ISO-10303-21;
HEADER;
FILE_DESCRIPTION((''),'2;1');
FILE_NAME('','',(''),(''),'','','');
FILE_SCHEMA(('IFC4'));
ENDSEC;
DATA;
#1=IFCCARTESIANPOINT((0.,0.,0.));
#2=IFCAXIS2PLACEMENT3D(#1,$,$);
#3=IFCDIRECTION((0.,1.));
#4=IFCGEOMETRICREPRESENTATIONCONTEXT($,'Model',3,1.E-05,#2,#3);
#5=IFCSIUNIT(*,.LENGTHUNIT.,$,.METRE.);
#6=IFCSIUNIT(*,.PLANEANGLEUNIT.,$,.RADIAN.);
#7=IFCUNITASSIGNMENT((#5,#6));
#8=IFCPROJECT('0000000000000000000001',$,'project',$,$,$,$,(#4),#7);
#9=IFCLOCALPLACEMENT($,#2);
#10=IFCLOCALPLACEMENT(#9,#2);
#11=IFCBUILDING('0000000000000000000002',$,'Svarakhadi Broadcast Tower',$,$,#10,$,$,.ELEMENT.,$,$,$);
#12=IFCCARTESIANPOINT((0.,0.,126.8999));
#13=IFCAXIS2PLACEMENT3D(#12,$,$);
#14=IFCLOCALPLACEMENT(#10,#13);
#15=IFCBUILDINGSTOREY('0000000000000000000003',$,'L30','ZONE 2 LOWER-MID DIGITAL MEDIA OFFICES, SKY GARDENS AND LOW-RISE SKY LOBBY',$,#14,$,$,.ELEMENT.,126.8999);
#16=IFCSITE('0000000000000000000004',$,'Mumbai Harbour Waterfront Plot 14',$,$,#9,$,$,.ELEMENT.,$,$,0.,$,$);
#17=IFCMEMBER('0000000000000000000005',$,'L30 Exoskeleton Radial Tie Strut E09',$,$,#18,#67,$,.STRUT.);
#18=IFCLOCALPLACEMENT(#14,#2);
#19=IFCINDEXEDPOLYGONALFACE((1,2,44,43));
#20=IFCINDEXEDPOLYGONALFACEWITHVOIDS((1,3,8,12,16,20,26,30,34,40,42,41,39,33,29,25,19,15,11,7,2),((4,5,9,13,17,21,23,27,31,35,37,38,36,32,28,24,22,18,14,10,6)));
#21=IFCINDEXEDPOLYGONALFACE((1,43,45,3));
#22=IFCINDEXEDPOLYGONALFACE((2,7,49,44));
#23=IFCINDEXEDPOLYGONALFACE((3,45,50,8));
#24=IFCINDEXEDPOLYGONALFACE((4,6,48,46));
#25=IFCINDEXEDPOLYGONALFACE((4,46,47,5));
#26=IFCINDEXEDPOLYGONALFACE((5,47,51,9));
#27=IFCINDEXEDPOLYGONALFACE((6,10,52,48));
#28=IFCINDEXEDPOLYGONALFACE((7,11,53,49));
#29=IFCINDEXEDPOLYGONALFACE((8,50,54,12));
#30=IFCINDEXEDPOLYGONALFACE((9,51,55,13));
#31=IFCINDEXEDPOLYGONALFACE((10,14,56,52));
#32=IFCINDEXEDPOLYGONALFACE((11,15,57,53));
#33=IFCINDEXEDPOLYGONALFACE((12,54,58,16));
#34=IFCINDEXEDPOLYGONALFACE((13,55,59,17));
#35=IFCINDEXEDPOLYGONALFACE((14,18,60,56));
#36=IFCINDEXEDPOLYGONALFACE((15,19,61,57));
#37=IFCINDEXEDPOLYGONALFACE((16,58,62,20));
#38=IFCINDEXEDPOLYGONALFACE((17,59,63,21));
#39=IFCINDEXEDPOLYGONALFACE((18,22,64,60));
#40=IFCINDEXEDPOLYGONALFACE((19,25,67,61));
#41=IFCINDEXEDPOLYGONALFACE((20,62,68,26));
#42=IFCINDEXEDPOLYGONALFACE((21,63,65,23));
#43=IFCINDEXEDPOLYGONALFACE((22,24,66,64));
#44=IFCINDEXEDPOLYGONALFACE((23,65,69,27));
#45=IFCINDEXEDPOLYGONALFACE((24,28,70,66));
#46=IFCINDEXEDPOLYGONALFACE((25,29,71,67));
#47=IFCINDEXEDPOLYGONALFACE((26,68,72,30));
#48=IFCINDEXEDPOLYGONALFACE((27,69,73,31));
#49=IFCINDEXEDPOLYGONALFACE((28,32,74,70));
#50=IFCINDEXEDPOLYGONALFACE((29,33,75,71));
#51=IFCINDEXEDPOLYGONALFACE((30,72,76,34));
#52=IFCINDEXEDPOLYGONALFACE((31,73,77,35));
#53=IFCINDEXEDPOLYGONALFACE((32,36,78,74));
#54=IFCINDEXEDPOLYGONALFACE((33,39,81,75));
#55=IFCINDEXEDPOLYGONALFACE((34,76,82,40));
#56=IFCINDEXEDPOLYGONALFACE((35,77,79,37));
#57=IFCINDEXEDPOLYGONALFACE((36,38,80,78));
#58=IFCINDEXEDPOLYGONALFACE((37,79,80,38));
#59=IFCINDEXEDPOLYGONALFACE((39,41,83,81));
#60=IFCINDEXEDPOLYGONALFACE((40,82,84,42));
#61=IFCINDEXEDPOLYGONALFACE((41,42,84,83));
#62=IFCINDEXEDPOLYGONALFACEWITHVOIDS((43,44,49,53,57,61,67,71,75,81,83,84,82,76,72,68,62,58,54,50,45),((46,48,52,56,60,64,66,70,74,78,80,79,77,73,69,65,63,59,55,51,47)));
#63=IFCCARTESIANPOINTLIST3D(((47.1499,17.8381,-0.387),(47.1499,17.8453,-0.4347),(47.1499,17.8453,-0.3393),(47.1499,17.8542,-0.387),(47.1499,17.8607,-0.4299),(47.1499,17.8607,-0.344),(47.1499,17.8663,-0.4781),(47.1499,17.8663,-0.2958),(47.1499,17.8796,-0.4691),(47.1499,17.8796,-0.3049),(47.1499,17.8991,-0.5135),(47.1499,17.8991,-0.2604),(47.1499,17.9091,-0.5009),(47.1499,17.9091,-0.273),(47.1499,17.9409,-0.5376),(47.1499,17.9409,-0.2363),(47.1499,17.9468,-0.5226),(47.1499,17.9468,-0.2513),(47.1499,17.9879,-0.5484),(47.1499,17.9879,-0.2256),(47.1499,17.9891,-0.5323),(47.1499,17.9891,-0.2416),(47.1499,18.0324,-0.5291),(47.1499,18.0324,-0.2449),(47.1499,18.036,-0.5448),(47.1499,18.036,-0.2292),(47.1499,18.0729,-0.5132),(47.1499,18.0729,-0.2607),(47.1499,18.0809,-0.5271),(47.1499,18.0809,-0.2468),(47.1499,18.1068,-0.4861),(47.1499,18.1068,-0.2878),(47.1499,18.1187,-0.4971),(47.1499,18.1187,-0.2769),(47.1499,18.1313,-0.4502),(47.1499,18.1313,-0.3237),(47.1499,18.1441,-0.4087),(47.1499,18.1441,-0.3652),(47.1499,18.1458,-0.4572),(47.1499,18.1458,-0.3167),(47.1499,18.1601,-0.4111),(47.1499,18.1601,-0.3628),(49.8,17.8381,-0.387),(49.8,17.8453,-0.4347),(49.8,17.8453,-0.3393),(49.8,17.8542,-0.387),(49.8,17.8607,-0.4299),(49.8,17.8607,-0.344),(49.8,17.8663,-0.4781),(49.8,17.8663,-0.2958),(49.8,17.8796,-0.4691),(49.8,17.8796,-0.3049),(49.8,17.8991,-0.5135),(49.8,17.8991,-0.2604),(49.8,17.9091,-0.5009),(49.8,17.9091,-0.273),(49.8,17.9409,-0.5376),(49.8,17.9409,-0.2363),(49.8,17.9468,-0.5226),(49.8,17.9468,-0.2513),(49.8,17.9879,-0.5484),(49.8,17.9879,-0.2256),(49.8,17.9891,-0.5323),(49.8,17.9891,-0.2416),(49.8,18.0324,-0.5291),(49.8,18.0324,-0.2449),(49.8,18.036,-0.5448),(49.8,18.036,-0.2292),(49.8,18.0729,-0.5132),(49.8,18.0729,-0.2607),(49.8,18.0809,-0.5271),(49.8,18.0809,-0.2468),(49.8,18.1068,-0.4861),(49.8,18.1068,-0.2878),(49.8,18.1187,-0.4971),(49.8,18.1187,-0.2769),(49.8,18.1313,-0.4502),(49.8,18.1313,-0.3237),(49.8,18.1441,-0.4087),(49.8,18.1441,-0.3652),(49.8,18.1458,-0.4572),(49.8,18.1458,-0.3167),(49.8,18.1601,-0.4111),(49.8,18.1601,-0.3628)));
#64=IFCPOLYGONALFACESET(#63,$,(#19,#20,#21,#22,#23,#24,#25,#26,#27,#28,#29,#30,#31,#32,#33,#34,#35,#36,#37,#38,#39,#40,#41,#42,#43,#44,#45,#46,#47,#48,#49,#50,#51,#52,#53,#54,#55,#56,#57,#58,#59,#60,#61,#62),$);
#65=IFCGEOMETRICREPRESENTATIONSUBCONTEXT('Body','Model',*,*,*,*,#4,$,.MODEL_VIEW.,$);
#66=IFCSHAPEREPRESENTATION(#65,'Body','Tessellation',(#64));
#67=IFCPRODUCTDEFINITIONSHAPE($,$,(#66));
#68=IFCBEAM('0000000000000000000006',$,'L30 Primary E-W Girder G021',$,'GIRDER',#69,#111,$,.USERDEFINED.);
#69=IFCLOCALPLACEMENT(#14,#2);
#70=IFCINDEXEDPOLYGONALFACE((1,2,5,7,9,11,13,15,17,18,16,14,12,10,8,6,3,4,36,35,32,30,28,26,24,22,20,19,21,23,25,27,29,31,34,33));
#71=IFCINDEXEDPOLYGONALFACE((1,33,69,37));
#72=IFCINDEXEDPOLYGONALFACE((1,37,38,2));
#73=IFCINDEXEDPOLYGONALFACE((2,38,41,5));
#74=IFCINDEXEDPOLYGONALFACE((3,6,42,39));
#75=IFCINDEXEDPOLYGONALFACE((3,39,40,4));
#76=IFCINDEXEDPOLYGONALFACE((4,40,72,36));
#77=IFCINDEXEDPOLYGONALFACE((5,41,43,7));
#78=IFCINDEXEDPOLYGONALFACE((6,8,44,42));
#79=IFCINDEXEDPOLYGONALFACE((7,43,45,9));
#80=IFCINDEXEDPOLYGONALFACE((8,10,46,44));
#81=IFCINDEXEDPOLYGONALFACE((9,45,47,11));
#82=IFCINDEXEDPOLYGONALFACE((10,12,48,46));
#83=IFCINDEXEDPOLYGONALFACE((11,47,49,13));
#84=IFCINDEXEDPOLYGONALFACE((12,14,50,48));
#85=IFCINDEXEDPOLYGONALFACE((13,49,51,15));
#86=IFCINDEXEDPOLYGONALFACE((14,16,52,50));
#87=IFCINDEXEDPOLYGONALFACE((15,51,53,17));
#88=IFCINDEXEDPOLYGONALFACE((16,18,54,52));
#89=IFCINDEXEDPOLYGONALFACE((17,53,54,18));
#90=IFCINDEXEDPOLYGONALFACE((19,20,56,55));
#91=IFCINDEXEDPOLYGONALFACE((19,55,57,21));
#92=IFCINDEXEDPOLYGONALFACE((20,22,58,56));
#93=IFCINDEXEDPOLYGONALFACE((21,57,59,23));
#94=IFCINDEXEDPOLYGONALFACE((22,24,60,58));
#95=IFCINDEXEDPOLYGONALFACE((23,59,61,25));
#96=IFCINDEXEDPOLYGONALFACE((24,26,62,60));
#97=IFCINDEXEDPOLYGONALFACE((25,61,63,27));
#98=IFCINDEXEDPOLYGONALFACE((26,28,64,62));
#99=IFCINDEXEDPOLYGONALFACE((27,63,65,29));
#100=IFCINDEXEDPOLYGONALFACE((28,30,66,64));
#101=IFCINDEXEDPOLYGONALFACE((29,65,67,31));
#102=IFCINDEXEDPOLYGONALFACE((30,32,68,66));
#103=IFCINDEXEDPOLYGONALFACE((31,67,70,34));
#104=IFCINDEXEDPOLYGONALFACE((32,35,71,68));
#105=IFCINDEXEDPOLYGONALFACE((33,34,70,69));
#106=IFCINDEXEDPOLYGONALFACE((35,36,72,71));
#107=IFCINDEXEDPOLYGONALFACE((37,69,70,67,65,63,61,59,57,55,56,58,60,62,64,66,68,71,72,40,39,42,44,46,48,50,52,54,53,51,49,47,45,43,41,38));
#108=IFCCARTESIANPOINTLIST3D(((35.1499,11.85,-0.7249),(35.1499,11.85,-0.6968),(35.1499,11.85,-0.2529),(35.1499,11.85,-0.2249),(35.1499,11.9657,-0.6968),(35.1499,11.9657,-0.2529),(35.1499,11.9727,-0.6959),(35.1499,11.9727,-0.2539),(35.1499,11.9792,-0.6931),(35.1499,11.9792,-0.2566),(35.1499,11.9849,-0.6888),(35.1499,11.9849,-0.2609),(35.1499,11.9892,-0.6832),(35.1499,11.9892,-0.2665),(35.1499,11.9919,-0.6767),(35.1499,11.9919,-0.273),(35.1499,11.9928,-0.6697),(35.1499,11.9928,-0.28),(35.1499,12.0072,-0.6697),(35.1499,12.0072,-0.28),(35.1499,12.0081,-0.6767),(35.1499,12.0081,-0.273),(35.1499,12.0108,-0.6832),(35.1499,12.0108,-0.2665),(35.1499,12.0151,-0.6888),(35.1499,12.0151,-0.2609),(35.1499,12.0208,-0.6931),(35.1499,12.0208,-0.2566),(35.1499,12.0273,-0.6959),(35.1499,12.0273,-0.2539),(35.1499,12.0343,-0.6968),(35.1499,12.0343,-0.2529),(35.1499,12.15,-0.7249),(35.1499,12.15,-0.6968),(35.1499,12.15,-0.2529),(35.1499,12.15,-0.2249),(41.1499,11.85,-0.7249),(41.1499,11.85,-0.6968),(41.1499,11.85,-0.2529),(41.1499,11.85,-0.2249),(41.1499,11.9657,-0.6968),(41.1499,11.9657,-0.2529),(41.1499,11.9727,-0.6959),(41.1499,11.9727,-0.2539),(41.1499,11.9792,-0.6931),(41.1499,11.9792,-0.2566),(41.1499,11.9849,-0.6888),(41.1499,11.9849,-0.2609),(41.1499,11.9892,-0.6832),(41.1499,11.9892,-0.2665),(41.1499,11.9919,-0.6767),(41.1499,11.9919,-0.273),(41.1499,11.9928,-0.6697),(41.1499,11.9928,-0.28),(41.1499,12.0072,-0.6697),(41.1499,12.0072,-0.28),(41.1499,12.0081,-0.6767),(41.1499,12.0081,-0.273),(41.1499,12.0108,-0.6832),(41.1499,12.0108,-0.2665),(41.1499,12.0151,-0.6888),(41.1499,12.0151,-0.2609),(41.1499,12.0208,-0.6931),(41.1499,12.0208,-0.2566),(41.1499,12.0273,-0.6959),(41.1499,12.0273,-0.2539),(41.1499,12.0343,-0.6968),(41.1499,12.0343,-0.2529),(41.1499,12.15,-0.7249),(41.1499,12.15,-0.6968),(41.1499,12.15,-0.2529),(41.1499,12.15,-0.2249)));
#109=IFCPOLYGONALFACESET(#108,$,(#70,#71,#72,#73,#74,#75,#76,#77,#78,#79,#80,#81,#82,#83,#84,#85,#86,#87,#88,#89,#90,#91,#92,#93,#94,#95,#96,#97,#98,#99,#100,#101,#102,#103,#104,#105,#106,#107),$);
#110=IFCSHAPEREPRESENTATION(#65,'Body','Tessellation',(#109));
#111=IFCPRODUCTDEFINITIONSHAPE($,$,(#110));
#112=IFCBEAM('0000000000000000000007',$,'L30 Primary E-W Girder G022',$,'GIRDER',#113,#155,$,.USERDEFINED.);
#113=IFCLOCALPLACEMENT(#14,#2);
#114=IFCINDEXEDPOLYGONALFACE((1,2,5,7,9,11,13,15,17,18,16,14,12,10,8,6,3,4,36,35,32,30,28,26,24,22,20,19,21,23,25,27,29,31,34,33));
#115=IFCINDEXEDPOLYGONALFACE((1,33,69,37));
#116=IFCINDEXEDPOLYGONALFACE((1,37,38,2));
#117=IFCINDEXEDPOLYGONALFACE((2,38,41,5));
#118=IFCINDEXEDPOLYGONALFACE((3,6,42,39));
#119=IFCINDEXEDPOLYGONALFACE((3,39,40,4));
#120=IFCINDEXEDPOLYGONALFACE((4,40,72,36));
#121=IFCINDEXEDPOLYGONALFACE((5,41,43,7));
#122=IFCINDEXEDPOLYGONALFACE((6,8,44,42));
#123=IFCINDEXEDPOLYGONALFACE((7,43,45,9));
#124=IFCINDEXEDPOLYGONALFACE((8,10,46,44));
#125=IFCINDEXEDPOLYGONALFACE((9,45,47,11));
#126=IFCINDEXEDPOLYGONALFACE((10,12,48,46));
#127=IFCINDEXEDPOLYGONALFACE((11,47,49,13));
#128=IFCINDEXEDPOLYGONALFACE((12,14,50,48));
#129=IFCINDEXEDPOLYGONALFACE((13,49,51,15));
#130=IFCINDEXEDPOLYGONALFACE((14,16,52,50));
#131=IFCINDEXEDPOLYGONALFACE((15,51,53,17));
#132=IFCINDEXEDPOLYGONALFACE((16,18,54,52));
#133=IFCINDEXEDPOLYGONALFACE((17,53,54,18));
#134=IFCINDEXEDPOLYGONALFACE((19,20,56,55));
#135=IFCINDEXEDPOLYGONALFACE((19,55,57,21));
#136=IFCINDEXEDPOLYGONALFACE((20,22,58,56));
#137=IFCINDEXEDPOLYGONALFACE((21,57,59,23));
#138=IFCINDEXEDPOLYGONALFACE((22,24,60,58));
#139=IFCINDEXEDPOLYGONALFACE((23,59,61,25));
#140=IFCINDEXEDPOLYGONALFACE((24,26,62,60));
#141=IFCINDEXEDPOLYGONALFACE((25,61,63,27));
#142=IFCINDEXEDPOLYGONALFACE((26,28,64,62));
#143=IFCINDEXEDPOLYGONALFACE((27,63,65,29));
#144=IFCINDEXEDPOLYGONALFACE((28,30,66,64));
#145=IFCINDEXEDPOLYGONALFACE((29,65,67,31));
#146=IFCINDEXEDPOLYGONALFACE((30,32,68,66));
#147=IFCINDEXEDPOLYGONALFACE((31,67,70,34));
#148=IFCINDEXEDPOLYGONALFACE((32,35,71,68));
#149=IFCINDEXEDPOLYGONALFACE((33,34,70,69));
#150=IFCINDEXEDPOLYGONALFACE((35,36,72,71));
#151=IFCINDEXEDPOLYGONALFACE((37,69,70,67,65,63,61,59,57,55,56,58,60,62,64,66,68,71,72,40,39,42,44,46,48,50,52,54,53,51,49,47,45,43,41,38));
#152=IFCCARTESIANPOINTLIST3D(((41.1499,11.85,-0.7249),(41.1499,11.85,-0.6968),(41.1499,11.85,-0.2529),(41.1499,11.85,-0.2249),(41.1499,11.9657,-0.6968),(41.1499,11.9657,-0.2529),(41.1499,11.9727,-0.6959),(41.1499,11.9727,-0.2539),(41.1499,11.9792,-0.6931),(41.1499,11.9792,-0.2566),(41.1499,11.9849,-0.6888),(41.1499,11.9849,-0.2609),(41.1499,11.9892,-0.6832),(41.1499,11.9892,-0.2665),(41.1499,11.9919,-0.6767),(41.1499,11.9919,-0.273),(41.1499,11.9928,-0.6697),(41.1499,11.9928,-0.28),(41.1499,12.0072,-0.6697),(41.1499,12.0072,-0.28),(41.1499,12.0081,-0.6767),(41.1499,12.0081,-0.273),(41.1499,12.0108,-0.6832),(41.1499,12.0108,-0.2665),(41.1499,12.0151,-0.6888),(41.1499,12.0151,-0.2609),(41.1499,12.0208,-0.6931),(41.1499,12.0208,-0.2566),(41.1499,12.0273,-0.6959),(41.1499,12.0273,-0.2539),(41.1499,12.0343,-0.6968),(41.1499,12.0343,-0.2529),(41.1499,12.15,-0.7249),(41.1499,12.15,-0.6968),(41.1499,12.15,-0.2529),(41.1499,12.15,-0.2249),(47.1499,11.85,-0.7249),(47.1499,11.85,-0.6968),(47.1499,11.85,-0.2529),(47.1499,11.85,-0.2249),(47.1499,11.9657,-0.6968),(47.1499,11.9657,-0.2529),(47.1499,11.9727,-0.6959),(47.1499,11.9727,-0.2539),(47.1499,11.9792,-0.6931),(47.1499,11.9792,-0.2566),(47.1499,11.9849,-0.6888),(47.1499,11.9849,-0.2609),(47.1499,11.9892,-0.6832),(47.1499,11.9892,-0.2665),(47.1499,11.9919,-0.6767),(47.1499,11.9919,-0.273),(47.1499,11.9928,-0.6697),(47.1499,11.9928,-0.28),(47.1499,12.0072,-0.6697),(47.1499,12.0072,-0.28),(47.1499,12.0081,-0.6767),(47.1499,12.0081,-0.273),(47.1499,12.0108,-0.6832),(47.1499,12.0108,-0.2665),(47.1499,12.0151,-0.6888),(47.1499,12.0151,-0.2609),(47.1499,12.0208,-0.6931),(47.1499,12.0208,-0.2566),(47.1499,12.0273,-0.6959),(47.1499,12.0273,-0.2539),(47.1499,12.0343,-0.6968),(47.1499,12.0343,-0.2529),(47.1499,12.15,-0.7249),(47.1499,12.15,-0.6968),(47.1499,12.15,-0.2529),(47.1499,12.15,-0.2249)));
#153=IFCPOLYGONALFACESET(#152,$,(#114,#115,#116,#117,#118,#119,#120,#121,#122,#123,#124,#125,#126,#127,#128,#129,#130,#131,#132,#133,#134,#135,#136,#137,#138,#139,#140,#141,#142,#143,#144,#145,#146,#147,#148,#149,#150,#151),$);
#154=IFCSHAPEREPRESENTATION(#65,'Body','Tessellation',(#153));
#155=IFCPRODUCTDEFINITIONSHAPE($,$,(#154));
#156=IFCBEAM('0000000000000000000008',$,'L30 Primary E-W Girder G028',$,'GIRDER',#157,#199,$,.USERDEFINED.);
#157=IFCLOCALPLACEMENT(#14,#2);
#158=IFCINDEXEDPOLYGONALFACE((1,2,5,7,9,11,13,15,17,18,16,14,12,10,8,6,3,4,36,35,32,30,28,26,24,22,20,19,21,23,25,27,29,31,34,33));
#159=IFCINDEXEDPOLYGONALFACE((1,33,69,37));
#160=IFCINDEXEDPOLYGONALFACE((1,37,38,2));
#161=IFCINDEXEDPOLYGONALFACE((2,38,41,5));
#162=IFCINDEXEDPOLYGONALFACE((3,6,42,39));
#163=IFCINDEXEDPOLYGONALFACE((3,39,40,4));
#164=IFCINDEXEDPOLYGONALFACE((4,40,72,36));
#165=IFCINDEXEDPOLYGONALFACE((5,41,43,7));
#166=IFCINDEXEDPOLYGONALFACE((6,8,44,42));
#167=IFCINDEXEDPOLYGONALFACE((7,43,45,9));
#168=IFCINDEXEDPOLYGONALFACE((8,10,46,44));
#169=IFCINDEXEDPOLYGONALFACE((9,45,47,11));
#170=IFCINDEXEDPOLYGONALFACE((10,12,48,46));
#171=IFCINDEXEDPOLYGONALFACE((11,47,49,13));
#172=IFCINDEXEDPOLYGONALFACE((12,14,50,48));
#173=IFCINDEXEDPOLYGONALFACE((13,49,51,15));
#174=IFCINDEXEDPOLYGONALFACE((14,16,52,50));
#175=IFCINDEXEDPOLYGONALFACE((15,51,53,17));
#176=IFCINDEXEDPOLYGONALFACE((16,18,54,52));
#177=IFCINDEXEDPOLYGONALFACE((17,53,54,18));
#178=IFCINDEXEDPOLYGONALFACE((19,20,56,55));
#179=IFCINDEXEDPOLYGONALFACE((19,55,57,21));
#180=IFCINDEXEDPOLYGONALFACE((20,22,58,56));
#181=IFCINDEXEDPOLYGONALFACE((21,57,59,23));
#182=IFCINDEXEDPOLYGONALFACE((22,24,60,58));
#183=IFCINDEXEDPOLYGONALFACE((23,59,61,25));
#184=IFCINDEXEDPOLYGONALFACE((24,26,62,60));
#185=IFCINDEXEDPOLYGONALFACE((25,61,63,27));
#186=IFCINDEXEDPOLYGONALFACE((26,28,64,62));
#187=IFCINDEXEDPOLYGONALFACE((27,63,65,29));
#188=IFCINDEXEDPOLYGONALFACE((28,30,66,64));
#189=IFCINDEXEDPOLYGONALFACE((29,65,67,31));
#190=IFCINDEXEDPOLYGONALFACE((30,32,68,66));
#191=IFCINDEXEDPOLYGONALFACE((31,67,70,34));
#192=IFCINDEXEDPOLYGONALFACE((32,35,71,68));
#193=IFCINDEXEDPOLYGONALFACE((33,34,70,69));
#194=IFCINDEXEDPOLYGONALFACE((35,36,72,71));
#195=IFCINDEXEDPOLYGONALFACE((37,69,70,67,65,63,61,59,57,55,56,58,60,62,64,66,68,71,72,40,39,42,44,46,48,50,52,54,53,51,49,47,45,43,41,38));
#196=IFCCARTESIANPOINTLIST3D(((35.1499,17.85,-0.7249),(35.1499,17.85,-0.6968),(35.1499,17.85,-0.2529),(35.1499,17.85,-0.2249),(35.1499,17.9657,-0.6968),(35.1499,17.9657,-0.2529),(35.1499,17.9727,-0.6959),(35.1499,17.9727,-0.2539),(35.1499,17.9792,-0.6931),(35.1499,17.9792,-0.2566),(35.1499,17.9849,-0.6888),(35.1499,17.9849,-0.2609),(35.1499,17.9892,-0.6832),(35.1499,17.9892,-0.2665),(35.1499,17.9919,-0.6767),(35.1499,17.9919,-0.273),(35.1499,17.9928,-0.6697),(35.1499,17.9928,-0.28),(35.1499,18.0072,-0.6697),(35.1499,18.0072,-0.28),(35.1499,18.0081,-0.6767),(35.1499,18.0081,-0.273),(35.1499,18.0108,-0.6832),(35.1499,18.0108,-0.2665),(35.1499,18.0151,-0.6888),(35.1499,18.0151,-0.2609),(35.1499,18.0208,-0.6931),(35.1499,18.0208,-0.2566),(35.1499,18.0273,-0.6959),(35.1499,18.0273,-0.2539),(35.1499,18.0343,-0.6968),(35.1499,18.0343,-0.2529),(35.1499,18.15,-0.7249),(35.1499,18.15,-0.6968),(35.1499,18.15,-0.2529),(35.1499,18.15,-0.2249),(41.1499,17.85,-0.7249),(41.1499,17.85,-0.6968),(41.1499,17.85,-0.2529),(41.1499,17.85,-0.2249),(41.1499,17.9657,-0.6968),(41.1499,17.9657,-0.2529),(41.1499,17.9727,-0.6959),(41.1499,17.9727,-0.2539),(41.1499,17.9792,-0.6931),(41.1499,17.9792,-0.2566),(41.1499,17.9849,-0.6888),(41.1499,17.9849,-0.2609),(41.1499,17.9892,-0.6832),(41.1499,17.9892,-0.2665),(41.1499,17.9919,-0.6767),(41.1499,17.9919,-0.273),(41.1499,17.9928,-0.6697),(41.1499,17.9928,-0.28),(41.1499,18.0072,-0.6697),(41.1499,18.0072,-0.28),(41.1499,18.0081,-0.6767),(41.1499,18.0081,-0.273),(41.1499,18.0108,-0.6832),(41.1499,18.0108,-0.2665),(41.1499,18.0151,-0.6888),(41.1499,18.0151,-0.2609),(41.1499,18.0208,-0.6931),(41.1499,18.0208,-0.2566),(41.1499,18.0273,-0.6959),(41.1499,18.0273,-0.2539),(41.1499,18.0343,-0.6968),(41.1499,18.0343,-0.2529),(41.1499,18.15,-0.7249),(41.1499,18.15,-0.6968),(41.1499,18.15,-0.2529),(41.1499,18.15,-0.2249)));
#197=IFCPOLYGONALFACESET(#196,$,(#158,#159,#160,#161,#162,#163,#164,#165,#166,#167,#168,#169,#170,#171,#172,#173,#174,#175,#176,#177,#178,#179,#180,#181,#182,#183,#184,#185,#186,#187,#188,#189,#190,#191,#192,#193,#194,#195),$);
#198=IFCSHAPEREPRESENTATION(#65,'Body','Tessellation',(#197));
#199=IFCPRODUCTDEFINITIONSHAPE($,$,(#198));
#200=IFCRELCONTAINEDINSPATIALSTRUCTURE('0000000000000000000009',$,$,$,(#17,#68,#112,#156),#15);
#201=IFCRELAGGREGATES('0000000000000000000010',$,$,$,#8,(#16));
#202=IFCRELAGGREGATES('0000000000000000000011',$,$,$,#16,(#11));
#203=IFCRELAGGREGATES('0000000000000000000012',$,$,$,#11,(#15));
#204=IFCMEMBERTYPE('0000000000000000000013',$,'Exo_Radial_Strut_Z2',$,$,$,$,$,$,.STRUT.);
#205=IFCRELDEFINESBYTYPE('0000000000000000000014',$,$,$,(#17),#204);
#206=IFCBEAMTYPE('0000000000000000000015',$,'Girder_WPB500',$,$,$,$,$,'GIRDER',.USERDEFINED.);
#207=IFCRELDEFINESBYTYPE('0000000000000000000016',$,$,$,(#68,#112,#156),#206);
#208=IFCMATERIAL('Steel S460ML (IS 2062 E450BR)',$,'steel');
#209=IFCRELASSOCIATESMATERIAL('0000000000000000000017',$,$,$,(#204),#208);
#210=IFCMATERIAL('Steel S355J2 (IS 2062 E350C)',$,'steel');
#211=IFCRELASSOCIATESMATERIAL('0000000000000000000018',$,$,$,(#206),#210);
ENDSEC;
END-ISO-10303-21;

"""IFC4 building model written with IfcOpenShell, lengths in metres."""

from ifc_helpers import new_model, si_unit, direction, frame, origin, origin_2d, place, context, subcontext, project, spatial, hollow_circle, i_section, extrude, material, material_profile, profile_set, type_object, element, save


model = new_model("IFC4")

# Units and contexts
model_context = context("Model", 3, precision=1e-05, world=origin(), true_north=direction((0.0, 1.0)))
body_context = subcontext(model_context, "Body", "Model", "MODEL_VIEW")
ifc_project = project(units=[si_unit("LENGTHUNIT", "METRE"), si_unit("PLANEANGLEUNIT", "RADIAN")], contexts=[model_context])

# Site, building, storey
site_placement = place(None, origin())
site = spatial("IfcSite", under=ifc_project, at=site_placement, Name="Mumbai Harbour Waterfront Plot 14", CompositionType="ELEMENT", RefElevation=0.0)
building_placement = place(site_placement, origin())
building = spatial("IfcBuilding", under=site, at=building_placement, Name="Svarakhadi Broadcast Tower", CompositionType="ELEMENT")
storey_placement = place(building_placement, frame((0.0, 0.0, 126.8999)))
storey = spatial("IfcBuildingStorey", under=building, at=storey_placement, Name="L30", Description="ZONE 2 LOWER-MID DIGITAL MEDIA OFFICES, SKY GARDENS AND LOW-RISE SKY LOBBY", CompositionType="ELEMENT", Elevation=126.8999)

# Shared definitions
ifc_material_1 = material(Name="Steel S460ML (IS 2062 E450BR)", Category="steel")

# Shared definitions
ifc_material_2 = material(Name="Steel S355J2 (IS 2062 E350C)", Category="steel")

# Member
ifc_material_profile_1 = material_profile(ifc_material_1, hollow_circle(Radius=0.1619, WallThickness=0.0161, at=origin_2d()), Name="CHS 323.9x16")
ifc_profile_set_1 = profile_set([ifc_material_profile_1], Name="Steel S460ML (IS 2062 E450BR)")
member_type_1 = type_object("IfcMemberType", Name="Exo_Radial_Strut_Z2", PredefinedType="STRUT", material=ifc_profile_set_1)
member_1_placement = place(storey_placement, frame((49.8, 18.0, -0.387), z_axis=(-1.0, 0.0, 0.0), x_axis=(0.0, -1.0, 0.0)))
element("IfcMember", 1, at=member_1_placement, inside=storey, type_object=member_type_1, Name="L30 Exoskeleton Radial Tie Strut E09", PredefinedType="STRUT", context=body_context, shape_type="SweptSolid", body=[
    extrude(hollow_circle(Radius=0.1619, WallThickness=0.0161, at=origin_2d()), origin(), (0.0, 0.0, 1.0), 2.6501),
])

# Beams
ifc_material_profile_2 = material_profile(ifc_material_2, i_section(OverallWidth=0.3, OverallDepth=0.5, WebThickness=0.0144, FlangeThickness=0.0281, FilletRadius=0.0271, at=origin_2d()), Name="WPB 500x300x187")
ifc_profile_set_2 = profile_set([ifc_material_profile_2], Name="Steel S355J2 (IS 2062 E350C)")
beam_type_1 = type_object("IfcBeamType", Name="Girder_WPB500", ElementType="GIRDER", PredefinedType="USERDEFINED", material=ifc_profile_set_2)
for number, where, z_axis, x_axis, name in (
    (2, (35.1499, 12.0, -0.4749), (1.0, 0.0, 0.0), (0.0, 1.0, 0.0), "L30 Primary E-W Girder G021"),
    (3, (41.1499, 12.0, -0.4749), (1.0, 0.0, 0.0), (0.0, 1.0, 0.0), "L30 Primary E-W Girder G022"),
    (4, (35.1499, 18.0, -0.4749), (1.0, 0.0, 0.0), (0.0, 1.0, 0.0), "L30 Primary E-W Girder G028"),
):
    element("IfcBeam", number, at=place(storey_placement, frame(where, z_axis=z_axis, x_axis=x_axis)), inside=storey, type_object=beam_type_1, Name=name, ObjectType="GIRDER", PredefinedType="USERDEFINED", context=body_context, shape_type="SweptSolid", body=[
        extrude(i_section(OverallWidth=0.3, OverallDepth=0.5, WebThickness=0.0144, FlangeThickness=0.0281, FilletRadius=0.0271, at=origin_2d()), origin(), (0.0, 0.0, 1.0), 6.0),
    ])

save(model, "model.ifc")
